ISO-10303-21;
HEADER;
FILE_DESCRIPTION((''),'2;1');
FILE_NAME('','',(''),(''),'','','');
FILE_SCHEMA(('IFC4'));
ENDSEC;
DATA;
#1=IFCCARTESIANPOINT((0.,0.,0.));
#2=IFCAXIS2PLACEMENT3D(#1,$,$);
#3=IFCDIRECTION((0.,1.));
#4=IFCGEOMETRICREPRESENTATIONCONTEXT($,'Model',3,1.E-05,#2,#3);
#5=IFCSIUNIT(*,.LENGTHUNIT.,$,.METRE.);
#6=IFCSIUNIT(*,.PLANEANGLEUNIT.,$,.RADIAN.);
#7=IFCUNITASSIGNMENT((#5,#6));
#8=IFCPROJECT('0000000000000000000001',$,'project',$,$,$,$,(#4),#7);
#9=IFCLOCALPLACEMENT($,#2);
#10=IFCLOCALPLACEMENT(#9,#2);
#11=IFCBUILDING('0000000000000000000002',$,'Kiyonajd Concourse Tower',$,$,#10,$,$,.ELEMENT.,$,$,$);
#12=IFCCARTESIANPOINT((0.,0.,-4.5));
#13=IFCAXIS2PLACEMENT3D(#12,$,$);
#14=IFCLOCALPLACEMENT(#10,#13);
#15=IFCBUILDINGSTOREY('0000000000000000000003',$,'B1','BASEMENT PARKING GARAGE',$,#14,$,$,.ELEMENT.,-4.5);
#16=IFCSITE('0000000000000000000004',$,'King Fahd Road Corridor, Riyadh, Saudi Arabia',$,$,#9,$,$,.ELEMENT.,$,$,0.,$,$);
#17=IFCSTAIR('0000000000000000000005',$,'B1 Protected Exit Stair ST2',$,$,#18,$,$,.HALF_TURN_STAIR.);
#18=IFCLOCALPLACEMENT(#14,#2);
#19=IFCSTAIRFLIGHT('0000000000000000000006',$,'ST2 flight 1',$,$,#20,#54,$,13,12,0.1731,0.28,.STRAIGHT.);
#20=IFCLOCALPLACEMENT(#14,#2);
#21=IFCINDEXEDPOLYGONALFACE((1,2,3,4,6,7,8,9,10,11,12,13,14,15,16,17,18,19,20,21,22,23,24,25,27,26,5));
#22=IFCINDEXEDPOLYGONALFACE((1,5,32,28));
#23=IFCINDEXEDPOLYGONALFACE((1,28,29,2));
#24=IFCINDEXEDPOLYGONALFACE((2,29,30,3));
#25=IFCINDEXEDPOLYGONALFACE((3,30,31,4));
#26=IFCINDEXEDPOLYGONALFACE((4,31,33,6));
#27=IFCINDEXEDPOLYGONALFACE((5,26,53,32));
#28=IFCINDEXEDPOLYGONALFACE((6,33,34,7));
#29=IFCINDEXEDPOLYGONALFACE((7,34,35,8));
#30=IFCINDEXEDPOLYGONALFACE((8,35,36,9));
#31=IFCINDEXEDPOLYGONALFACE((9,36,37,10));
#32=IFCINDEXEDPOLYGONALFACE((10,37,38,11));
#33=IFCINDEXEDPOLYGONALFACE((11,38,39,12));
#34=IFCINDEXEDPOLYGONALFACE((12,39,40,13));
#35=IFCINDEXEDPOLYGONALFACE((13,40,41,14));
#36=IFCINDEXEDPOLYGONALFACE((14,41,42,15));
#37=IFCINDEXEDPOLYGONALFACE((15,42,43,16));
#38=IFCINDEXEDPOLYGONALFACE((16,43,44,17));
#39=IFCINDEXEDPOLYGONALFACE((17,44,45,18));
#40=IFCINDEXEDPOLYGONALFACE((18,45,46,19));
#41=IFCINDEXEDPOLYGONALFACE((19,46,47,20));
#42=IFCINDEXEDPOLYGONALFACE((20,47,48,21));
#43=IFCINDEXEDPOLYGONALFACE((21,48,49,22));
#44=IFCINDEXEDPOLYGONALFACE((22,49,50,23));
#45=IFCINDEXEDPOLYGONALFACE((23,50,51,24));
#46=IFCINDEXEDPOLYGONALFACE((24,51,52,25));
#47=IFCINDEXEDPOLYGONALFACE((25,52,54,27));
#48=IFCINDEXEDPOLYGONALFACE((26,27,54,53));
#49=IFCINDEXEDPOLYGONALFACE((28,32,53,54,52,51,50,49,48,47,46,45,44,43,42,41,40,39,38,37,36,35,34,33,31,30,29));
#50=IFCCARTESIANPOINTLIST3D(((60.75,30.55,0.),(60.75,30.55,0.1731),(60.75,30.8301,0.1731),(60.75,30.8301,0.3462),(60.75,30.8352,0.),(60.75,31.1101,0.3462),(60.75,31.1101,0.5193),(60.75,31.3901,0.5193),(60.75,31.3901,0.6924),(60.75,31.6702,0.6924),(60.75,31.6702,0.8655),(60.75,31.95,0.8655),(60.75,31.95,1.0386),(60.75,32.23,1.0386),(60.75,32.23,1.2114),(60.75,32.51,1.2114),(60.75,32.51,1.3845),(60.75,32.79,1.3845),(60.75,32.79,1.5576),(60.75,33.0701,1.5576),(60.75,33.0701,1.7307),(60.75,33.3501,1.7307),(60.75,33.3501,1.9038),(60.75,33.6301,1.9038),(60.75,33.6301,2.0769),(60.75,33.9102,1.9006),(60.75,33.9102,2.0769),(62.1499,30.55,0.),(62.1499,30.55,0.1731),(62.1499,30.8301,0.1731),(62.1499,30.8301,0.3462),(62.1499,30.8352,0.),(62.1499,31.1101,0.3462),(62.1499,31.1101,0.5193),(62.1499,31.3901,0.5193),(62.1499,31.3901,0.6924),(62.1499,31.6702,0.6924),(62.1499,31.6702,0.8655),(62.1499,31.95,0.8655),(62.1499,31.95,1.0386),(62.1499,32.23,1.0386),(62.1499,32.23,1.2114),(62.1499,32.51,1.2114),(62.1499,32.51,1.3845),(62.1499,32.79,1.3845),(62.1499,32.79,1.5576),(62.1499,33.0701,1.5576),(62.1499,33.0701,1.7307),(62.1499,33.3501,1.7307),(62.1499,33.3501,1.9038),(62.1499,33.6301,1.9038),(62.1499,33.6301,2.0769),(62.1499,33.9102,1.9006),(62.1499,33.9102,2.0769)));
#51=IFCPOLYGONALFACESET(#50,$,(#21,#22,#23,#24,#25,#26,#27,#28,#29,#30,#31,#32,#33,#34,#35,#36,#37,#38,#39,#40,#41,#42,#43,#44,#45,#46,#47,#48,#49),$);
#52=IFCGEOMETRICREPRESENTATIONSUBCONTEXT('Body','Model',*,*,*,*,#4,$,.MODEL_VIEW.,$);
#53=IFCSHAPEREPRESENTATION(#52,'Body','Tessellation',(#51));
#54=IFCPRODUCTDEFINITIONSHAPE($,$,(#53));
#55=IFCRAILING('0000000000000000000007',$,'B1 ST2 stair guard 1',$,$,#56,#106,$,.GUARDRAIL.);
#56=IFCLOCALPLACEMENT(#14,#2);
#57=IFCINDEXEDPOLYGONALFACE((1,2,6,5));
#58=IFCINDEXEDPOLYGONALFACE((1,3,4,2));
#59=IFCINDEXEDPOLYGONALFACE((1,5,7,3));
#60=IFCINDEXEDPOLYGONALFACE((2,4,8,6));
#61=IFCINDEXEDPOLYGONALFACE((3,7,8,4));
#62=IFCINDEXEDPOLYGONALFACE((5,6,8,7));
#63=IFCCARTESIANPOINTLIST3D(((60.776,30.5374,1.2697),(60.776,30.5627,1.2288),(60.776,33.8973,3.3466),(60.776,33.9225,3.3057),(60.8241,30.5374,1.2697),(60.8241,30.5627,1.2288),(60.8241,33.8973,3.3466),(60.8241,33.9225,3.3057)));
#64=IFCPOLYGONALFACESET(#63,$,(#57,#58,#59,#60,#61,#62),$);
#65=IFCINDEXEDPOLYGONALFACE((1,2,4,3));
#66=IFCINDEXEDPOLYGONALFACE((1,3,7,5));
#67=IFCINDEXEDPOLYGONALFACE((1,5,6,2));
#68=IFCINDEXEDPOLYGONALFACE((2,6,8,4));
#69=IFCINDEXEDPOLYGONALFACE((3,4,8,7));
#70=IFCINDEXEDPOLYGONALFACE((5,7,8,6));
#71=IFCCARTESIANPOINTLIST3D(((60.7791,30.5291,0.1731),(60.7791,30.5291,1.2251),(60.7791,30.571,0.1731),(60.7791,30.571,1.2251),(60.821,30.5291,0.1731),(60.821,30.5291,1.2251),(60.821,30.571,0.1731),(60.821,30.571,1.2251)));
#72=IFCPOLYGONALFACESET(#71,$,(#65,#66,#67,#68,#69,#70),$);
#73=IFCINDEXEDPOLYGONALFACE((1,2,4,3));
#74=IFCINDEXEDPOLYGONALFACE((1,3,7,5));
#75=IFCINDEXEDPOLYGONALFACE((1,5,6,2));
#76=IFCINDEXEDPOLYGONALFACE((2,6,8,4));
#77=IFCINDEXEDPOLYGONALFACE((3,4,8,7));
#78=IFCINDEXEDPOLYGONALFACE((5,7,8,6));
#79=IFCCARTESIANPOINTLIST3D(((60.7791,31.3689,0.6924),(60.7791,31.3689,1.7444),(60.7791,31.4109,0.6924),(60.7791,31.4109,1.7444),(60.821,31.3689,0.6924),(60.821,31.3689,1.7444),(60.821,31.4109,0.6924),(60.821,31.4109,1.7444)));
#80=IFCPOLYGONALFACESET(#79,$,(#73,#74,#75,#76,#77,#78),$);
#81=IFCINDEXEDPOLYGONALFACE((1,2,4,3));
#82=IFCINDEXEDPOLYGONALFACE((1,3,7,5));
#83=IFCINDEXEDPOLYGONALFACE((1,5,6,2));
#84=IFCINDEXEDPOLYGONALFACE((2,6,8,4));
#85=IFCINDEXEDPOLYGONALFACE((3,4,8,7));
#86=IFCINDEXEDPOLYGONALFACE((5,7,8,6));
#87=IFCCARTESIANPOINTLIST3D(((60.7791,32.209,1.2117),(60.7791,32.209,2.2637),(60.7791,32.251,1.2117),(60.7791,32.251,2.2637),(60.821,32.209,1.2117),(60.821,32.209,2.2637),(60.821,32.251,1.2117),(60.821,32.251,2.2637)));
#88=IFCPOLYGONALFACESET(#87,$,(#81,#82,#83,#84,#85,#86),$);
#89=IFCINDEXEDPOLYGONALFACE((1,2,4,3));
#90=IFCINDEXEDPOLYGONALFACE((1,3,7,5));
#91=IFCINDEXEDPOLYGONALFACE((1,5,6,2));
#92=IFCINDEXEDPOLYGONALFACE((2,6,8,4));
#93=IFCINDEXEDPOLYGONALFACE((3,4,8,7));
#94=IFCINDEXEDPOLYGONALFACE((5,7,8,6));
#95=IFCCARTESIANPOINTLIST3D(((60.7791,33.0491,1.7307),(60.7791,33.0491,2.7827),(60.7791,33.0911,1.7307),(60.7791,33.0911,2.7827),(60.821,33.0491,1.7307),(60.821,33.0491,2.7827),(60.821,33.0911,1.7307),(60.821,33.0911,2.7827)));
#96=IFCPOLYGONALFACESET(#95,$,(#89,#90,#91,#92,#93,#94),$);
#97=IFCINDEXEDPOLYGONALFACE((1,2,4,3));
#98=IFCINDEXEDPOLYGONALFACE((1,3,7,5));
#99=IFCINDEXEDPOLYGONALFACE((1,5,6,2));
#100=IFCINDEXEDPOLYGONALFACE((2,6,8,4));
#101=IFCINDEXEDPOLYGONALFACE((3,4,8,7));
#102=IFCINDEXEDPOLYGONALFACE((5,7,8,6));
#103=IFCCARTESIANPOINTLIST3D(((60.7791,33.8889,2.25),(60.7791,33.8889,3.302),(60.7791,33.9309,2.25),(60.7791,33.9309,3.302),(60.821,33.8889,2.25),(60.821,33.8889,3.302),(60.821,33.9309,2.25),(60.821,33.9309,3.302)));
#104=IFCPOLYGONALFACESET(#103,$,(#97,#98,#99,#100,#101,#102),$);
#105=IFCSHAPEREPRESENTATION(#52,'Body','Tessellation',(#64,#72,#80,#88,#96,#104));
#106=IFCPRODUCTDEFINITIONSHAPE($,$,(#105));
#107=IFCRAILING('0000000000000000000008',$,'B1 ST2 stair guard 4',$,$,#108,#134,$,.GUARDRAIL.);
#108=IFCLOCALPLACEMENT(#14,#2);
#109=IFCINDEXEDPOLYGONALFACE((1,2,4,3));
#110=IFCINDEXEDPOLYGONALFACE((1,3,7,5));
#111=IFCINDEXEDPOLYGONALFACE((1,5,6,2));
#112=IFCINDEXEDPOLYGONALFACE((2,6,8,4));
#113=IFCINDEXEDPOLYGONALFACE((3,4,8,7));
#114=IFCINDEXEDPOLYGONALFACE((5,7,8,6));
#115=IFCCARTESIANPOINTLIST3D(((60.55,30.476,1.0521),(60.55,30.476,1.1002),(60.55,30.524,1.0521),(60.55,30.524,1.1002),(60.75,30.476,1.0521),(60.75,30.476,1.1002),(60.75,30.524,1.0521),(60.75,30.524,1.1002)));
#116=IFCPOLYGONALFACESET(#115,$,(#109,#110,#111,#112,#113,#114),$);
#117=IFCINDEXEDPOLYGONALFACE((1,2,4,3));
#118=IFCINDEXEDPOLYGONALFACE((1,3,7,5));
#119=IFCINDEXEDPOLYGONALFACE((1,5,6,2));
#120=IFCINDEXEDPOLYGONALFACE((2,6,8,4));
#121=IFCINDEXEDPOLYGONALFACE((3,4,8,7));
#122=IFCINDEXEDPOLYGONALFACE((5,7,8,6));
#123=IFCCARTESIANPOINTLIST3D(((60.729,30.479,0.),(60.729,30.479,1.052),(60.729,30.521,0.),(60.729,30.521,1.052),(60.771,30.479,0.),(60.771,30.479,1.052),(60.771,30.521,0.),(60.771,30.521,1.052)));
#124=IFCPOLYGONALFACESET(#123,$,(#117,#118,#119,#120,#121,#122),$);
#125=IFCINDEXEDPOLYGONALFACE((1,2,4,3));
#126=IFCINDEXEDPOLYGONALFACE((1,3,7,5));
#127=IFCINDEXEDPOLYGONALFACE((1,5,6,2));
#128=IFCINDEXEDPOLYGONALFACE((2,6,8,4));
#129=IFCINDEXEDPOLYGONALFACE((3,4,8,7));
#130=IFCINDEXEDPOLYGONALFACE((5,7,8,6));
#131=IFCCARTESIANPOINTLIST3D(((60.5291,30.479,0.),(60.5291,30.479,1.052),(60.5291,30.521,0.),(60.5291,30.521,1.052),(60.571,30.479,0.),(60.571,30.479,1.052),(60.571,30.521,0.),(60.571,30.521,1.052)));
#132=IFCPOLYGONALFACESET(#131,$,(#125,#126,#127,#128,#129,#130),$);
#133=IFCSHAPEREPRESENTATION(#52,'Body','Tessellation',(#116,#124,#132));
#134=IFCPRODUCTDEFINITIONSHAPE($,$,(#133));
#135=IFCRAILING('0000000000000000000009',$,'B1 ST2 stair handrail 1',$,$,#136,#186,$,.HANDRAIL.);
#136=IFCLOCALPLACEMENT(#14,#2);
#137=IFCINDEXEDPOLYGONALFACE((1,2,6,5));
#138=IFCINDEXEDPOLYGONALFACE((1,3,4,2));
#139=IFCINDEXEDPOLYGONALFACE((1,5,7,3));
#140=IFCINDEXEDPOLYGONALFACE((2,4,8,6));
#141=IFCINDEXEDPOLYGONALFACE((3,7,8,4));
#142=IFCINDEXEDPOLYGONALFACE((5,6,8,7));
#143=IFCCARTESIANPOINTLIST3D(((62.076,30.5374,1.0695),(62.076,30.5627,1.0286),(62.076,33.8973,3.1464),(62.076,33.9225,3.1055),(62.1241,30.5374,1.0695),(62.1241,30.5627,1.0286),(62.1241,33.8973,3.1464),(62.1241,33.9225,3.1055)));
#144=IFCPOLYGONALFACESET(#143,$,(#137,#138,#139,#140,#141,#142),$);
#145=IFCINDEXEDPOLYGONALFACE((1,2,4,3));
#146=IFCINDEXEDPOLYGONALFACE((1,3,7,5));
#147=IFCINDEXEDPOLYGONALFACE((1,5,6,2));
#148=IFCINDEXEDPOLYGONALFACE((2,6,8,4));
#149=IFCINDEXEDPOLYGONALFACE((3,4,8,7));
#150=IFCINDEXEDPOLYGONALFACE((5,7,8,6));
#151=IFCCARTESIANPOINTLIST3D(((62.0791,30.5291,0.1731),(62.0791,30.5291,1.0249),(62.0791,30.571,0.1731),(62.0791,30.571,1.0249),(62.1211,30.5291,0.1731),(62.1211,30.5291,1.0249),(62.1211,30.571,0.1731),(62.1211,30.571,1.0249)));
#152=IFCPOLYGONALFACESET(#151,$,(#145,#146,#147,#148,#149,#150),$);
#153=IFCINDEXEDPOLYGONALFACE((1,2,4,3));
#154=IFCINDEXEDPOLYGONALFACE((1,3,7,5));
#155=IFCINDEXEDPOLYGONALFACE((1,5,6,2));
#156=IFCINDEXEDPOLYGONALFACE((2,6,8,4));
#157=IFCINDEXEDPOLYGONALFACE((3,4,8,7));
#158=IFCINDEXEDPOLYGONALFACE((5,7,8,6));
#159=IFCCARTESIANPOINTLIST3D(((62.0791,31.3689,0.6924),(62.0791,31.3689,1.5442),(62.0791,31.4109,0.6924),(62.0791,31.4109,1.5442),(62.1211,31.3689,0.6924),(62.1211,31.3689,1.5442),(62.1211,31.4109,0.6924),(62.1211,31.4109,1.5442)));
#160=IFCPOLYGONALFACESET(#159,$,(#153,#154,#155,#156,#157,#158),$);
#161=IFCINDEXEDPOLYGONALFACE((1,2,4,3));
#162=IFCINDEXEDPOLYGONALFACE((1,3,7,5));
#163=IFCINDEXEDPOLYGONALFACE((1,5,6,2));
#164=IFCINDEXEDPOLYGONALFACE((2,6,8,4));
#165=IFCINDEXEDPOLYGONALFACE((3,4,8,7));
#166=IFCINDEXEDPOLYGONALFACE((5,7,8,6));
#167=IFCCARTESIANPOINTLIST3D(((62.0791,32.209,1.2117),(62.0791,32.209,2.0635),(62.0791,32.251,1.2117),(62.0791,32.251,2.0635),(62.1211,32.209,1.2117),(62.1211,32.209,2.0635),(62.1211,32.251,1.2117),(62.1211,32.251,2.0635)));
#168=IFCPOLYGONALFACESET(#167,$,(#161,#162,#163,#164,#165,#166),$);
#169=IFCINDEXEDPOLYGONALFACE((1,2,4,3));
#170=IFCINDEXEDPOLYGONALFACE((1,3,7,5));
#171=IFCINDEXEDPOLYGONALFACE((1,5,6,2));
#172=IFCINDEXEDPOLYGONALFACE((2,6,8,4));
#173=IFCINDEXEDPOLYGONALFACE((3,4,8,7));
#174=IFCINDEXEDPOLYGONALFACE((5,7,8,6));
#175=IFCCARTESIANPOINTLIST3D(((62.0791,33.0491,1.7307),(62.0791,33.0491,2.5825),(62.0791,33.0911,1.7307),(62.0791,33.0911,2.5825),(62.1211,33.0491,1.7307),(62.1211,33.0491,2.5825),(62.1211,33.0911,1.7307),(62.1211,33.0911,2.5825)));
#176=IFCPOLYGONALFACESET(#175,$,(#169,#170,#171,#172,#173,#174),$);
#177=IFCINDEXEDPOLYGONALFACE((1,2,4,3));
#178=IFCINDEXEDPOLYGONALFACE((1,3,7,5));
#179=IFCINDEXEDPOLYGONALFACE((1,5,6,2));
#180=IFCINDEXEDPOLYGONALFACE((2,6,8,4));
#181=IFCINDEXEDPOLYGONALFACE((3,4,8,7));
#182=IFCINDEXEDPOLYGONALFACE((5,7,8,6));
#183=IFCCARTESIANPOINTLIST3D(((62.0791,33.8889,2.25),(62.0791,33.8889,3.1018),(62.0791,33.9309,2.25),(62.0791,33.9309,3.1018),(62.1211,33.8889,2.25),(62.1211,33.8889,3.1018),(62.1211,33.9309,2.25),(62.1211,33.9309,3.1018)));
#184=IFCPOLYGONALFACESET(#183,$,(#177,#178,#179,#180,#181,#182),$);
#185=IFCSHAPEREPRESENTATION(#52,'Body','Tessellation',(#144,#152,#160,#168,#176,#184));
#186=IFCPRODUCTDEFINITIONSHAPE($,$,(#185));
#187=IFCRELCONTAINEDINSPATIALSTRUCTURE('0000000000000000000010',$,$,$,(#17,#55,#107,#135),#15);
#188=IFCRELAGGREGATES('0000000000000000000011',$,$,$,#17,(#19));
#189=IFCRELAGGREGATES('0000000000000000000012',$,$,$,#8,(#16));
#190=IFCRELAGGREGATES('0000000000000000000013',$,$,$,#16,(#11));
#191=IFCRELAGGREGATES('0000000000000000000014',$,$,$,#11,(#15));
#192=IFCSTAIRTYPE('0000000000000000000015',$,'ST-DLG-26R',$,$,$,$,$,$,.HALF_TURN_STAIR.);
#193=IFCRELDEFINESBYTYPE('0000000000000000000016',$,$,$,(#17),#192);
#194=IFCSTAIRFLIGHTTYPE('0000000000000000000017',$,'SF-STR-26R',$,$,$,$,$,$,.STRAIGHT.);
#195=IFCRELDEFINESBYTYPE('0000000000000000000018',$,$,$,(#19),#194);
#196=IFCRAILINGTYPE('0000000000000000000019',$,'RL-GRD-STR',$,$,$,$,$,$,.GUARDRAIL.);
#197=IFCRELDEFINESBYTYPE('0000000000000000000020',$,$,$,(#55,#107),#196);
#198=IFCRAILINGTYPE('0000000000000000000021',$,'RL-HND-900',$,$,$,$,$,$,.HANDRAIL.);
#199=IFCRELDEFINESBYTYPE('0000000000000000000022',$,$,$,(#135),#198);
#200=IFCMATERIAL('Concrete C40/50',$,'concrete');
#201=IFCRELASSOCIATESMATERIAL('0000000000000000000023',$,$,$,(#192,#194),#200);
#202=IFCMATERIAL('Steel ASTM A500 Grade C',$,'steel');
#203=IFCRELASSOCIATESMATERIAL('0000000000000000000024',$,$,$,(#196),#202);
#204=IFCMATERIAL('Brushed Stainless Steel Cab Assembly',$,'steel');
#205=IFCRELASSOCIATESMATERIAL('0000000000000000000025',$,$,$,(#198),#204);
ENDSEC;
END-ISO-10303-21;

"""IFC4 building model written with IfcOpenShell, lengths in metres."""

from ifc_helpers import new_model, si_unit, direction, frame, origin, origin_2d, place, context, subcontext, project, spatial, polyline, rectangle, outline, extrude, material, type_object, element, aggregate, save


model = new_model("IFC4")

# Units and contexts
model_context = context("Model", 3, precision=1e-05, world=origin(), true_north=direction((0.0, 1.0)))
body_context = subcontext(model_context, "Body", "Model", "MODEL_VIEW")
ifc_project = project(units=[si_unit("LENGTHUNIT", "METRE"), si_unit("PLANEANGLEUNIT", "RADIAN")], contexts=[model_context])

# Site, building, storey
site_placement = place(None, origin())
site = spatial("IfcSite", under=ifc_project, at=site_placement, Name="King Fahd Road Corridor, Riyadh, Saudi Arabia", CompositionType="ELEMENT", RefElevation=0.0)
building_placement = place(site_placement, origin())
building = spatial("IfcBuilding", under=site, at=building_placement, Name="Kiyonajd Concourse Tower", CompositionType="ELEMENT")
storey_placement = place(building_placement, frame((0.0, 0.0, -4.5)))
storey = spatial("IfcBuildingStorey", under=building, at=storey_placement, Name="B1", Description="BASEMENT PARKING GARAGE", CompositionType="ELEMENT", Elevation=-4.5)

# Shared definitions
ifc_material_1 = material(Name="Brushed Stainless Steel Cab Assembly", Category="steel")

# Stair, stair flight
ifc_material_2 = material(Name="Concrete C40/50", Category="concrete")
stair_type = type_object("IfcStairType", Name="ST-DLG-26R", PredefinedType="HALF_TURN_STAIR", material=ifc_material_2)
stair_placement = place(storey_placement, origin())
stair = element("IfcStair", 1, at=stair_placement, inside=storey, type_object=stair_type, Name="B1 Protected Exit Stair ST2", PredefinedType="HALF_TURN_STAIR")
stair_flight_type = type_object("IfcStairFlightType", Name="SF-STR-26R", PredefinedType="STRAIGHT", material=ifc_material_2)
stair_flight_placement = place(storey_placement, frame((61.45, 30.55, 0.0), z_axis=(0.0, 0.0, 1.0), x_axis=(0.0, 1.0, 0.0)))
stair_flight = element("IfcStairFlight", 2, at=stair_flight_placement, type_object=stair_flight_type, Name="ST2 flight 1", NumberOfRisers=13, NumberOfTreads=12, PredefinedType="STRAIGHT", RiserHeight=0.1731, TreadLength=0.28, context=body_context, shape_type="SweptSolid", body=[
    extrude(outline(polyline([(0.0, 0.0), (0.0, 0.1731), (0.28, 0.1731), (0.28, 0.3462), (0.5601, 0.3462), (0.5601, 0.5193), (0.8401, 0.5193), (0.8401, 0.6924), (1.1201, 0.6924), (1.1201, 0.8655), (1.3999, 0.8655), (1.3999, 1.0386), (1.6799, 1.0386), (1.6799, 1.2114), (1.96, 1.2114), (1.96, 1.3845), (2.24, 1.3845), (2.24, 1.5576), (2.52, 1.5576), (2.52, 1.7307), (2.8, 1.7307), (2.8, 1.9038), (3.0801, 1.9038), (3.0801, 2.0769), (3.3601, 2.0769), (3.3601, 2.25), (3.3601, 1.9006), (0.2852, 0.0), (0.0, 0.0)])), frame((0.0, 0.7, 0.0), z_axis=(0.0, -1.0, 0.0), x_axis=(1.0, 0.0, 0.0)), (0.0, 0.0, 1.0), 1.3999),
])
aggregate(stair, [stair_flight])

# Railings
ifc_material_3 = material(Name="Steel ASTM A500 Grade C", Category="steel")
railing_type_1 = type_object("IfcRailingType", Name="RL-GRD-STR", PredefinedType="GUARDRAIL", material=ifc_material_3)
railing_1_placement = place(storey_placement, frame((60.8, 30.55, 0.1731)))
element("IfcRailing", 3, at=railing_1_placement, inside=storey, type_object=railing_type_1, Name="B1 ST2 stair guard 1", PredefinedType="GUARDRAIL", context=body_context, shape_type="SweptSolid", body=[
    extrude(rectangle(XDim=0.0481, YDim=0.0481, at=origin_2d()), frame((0.0, 0.0, 1.0762), z_axis=(0.0, 0.850606, 0.525803), x_axis=(-1.0, 0.0, 0.0)), (0.0, 0.0, 1.0), 3.95),
    extrude(rectangle(XDim=0.042, YDim=0.042, at=origin_2d()), origin(), (0.0, 0.0, 1.0), 1.052),
    extrude(rectangle(XDim=0.042, YDim=0.042, at=origin_2d()), frame((0.0, 0.8398, 0.5193)), (0.0, 0.0, 1.0), 1.052),
    extrude(rectangle(XDim=0.042, YDim=0.042, at=origin_2d()), frame((0.0, 1.6799, 1.0386)), (0.0, 0.0, 1.0), 1.052),
    extrude(rectangle(XDim=0.042, YDim=0.042, at=origin_2d()), frame((0.0, 2.52, 1.5576)), (0.0, 0.0, 1.0), 1.052),
    extrude(rectangle(XDim=0.042, YDim=0.042, at=origin_2d()), frame((0.0, 3.3599, 2.0769)), (0.0, 0.0, 1.0), 1.052),
])
railing_2_placement = place(storey_placement, frame((60.75, 30.5, 0.0)))
element("IfcRailing", 4, at=railing_2_placement, inside=storey, type_object=railing_type_1, Name="B1 ST2 stair guard 4", PredefinedType="GUARDRAIL", context=body_context, shape_type="SweptSolid", body=[
    extrude(rectangle(XDim=0.0481, YDim=0.0481, at=origin_2d()), frame((0.0, 0.0, 1.0762), z_axis=(-1.0, 0.0, 0.0), x_axis=(0.0, -1.0, 0.0)), (0.0, 0.0, 1.0), 0.2),
    extrude(rectangle(XDim=0.042, YDim=0.042, at=origin_2d()), origin(), (0.0, 0.0, 1.0), 1.052),
    extrude(rectangle(XDim=0.042, YDim=0.042, at=origin_2d()), frame((-0.2, 0.0, 0.0)), (0.0, 0.0, 1.0), 1.052),
])
railing_type_2 = type_object("IfcRailingType", Name="RL-HND-900", PredefinedType="HANDRAIL", material=ifc_material_1)
railing_3_placement = place(storey_placement, frame((62.1001, 30.55, 0.1731)))
element("IfcRailing", 5, at=railing_3_placement, inside=storey, type_object=railing_type_2, Name="B1 ST2 stair handrail 1", PredefinedType="HANDRAIL", context=body_context, shape_type="SweptSolid", body=[
    extrude(rectangle(XDim=0.0481, YDim=0.0481, at=origin_2d()), frame((0.0, 0.0, 0.876), z_axis=(0.0, 0.850606, 0.525803), x_axis=(-1.0, 0.0, 0.0)), (0.0, 0.0, 1.0), 3.95),
    extrude(rectangle(XDim=0.042, YDim=0.042, at=origin_2d()), origin(), (0.0, 0.0, 1.0), 0.8518),
    extrude(rectangle(XDim=0.042, YDim=0.042, at=origin_2d()), frame((0.0, 0.8398, 0.5193)), (0.0, 0.0, 1.0), 0.8518),
    extrude(rectangle(XDim=0.042, YDim=0.042, at=origin_2d()), frame((0.0, 1.6799, 1.0386)), (0.0, 0.0, 1.0), 0.8518),
    extrude(rectangle(XDim=0.042, YDim=0.042, at=origin_2d()), frame((0.0, 2.52, 1.5576)), (0.0, 0.0, 1.0), 0.8518),
    extrude(rectangle(XDim=0.042, YDim=0.042, at=origin_2d()), frame((0.0, 3.3599, 2.0769)), (0.0, 0.0, 1.0), 0.8518),
])

save(model, "model.ifc")
